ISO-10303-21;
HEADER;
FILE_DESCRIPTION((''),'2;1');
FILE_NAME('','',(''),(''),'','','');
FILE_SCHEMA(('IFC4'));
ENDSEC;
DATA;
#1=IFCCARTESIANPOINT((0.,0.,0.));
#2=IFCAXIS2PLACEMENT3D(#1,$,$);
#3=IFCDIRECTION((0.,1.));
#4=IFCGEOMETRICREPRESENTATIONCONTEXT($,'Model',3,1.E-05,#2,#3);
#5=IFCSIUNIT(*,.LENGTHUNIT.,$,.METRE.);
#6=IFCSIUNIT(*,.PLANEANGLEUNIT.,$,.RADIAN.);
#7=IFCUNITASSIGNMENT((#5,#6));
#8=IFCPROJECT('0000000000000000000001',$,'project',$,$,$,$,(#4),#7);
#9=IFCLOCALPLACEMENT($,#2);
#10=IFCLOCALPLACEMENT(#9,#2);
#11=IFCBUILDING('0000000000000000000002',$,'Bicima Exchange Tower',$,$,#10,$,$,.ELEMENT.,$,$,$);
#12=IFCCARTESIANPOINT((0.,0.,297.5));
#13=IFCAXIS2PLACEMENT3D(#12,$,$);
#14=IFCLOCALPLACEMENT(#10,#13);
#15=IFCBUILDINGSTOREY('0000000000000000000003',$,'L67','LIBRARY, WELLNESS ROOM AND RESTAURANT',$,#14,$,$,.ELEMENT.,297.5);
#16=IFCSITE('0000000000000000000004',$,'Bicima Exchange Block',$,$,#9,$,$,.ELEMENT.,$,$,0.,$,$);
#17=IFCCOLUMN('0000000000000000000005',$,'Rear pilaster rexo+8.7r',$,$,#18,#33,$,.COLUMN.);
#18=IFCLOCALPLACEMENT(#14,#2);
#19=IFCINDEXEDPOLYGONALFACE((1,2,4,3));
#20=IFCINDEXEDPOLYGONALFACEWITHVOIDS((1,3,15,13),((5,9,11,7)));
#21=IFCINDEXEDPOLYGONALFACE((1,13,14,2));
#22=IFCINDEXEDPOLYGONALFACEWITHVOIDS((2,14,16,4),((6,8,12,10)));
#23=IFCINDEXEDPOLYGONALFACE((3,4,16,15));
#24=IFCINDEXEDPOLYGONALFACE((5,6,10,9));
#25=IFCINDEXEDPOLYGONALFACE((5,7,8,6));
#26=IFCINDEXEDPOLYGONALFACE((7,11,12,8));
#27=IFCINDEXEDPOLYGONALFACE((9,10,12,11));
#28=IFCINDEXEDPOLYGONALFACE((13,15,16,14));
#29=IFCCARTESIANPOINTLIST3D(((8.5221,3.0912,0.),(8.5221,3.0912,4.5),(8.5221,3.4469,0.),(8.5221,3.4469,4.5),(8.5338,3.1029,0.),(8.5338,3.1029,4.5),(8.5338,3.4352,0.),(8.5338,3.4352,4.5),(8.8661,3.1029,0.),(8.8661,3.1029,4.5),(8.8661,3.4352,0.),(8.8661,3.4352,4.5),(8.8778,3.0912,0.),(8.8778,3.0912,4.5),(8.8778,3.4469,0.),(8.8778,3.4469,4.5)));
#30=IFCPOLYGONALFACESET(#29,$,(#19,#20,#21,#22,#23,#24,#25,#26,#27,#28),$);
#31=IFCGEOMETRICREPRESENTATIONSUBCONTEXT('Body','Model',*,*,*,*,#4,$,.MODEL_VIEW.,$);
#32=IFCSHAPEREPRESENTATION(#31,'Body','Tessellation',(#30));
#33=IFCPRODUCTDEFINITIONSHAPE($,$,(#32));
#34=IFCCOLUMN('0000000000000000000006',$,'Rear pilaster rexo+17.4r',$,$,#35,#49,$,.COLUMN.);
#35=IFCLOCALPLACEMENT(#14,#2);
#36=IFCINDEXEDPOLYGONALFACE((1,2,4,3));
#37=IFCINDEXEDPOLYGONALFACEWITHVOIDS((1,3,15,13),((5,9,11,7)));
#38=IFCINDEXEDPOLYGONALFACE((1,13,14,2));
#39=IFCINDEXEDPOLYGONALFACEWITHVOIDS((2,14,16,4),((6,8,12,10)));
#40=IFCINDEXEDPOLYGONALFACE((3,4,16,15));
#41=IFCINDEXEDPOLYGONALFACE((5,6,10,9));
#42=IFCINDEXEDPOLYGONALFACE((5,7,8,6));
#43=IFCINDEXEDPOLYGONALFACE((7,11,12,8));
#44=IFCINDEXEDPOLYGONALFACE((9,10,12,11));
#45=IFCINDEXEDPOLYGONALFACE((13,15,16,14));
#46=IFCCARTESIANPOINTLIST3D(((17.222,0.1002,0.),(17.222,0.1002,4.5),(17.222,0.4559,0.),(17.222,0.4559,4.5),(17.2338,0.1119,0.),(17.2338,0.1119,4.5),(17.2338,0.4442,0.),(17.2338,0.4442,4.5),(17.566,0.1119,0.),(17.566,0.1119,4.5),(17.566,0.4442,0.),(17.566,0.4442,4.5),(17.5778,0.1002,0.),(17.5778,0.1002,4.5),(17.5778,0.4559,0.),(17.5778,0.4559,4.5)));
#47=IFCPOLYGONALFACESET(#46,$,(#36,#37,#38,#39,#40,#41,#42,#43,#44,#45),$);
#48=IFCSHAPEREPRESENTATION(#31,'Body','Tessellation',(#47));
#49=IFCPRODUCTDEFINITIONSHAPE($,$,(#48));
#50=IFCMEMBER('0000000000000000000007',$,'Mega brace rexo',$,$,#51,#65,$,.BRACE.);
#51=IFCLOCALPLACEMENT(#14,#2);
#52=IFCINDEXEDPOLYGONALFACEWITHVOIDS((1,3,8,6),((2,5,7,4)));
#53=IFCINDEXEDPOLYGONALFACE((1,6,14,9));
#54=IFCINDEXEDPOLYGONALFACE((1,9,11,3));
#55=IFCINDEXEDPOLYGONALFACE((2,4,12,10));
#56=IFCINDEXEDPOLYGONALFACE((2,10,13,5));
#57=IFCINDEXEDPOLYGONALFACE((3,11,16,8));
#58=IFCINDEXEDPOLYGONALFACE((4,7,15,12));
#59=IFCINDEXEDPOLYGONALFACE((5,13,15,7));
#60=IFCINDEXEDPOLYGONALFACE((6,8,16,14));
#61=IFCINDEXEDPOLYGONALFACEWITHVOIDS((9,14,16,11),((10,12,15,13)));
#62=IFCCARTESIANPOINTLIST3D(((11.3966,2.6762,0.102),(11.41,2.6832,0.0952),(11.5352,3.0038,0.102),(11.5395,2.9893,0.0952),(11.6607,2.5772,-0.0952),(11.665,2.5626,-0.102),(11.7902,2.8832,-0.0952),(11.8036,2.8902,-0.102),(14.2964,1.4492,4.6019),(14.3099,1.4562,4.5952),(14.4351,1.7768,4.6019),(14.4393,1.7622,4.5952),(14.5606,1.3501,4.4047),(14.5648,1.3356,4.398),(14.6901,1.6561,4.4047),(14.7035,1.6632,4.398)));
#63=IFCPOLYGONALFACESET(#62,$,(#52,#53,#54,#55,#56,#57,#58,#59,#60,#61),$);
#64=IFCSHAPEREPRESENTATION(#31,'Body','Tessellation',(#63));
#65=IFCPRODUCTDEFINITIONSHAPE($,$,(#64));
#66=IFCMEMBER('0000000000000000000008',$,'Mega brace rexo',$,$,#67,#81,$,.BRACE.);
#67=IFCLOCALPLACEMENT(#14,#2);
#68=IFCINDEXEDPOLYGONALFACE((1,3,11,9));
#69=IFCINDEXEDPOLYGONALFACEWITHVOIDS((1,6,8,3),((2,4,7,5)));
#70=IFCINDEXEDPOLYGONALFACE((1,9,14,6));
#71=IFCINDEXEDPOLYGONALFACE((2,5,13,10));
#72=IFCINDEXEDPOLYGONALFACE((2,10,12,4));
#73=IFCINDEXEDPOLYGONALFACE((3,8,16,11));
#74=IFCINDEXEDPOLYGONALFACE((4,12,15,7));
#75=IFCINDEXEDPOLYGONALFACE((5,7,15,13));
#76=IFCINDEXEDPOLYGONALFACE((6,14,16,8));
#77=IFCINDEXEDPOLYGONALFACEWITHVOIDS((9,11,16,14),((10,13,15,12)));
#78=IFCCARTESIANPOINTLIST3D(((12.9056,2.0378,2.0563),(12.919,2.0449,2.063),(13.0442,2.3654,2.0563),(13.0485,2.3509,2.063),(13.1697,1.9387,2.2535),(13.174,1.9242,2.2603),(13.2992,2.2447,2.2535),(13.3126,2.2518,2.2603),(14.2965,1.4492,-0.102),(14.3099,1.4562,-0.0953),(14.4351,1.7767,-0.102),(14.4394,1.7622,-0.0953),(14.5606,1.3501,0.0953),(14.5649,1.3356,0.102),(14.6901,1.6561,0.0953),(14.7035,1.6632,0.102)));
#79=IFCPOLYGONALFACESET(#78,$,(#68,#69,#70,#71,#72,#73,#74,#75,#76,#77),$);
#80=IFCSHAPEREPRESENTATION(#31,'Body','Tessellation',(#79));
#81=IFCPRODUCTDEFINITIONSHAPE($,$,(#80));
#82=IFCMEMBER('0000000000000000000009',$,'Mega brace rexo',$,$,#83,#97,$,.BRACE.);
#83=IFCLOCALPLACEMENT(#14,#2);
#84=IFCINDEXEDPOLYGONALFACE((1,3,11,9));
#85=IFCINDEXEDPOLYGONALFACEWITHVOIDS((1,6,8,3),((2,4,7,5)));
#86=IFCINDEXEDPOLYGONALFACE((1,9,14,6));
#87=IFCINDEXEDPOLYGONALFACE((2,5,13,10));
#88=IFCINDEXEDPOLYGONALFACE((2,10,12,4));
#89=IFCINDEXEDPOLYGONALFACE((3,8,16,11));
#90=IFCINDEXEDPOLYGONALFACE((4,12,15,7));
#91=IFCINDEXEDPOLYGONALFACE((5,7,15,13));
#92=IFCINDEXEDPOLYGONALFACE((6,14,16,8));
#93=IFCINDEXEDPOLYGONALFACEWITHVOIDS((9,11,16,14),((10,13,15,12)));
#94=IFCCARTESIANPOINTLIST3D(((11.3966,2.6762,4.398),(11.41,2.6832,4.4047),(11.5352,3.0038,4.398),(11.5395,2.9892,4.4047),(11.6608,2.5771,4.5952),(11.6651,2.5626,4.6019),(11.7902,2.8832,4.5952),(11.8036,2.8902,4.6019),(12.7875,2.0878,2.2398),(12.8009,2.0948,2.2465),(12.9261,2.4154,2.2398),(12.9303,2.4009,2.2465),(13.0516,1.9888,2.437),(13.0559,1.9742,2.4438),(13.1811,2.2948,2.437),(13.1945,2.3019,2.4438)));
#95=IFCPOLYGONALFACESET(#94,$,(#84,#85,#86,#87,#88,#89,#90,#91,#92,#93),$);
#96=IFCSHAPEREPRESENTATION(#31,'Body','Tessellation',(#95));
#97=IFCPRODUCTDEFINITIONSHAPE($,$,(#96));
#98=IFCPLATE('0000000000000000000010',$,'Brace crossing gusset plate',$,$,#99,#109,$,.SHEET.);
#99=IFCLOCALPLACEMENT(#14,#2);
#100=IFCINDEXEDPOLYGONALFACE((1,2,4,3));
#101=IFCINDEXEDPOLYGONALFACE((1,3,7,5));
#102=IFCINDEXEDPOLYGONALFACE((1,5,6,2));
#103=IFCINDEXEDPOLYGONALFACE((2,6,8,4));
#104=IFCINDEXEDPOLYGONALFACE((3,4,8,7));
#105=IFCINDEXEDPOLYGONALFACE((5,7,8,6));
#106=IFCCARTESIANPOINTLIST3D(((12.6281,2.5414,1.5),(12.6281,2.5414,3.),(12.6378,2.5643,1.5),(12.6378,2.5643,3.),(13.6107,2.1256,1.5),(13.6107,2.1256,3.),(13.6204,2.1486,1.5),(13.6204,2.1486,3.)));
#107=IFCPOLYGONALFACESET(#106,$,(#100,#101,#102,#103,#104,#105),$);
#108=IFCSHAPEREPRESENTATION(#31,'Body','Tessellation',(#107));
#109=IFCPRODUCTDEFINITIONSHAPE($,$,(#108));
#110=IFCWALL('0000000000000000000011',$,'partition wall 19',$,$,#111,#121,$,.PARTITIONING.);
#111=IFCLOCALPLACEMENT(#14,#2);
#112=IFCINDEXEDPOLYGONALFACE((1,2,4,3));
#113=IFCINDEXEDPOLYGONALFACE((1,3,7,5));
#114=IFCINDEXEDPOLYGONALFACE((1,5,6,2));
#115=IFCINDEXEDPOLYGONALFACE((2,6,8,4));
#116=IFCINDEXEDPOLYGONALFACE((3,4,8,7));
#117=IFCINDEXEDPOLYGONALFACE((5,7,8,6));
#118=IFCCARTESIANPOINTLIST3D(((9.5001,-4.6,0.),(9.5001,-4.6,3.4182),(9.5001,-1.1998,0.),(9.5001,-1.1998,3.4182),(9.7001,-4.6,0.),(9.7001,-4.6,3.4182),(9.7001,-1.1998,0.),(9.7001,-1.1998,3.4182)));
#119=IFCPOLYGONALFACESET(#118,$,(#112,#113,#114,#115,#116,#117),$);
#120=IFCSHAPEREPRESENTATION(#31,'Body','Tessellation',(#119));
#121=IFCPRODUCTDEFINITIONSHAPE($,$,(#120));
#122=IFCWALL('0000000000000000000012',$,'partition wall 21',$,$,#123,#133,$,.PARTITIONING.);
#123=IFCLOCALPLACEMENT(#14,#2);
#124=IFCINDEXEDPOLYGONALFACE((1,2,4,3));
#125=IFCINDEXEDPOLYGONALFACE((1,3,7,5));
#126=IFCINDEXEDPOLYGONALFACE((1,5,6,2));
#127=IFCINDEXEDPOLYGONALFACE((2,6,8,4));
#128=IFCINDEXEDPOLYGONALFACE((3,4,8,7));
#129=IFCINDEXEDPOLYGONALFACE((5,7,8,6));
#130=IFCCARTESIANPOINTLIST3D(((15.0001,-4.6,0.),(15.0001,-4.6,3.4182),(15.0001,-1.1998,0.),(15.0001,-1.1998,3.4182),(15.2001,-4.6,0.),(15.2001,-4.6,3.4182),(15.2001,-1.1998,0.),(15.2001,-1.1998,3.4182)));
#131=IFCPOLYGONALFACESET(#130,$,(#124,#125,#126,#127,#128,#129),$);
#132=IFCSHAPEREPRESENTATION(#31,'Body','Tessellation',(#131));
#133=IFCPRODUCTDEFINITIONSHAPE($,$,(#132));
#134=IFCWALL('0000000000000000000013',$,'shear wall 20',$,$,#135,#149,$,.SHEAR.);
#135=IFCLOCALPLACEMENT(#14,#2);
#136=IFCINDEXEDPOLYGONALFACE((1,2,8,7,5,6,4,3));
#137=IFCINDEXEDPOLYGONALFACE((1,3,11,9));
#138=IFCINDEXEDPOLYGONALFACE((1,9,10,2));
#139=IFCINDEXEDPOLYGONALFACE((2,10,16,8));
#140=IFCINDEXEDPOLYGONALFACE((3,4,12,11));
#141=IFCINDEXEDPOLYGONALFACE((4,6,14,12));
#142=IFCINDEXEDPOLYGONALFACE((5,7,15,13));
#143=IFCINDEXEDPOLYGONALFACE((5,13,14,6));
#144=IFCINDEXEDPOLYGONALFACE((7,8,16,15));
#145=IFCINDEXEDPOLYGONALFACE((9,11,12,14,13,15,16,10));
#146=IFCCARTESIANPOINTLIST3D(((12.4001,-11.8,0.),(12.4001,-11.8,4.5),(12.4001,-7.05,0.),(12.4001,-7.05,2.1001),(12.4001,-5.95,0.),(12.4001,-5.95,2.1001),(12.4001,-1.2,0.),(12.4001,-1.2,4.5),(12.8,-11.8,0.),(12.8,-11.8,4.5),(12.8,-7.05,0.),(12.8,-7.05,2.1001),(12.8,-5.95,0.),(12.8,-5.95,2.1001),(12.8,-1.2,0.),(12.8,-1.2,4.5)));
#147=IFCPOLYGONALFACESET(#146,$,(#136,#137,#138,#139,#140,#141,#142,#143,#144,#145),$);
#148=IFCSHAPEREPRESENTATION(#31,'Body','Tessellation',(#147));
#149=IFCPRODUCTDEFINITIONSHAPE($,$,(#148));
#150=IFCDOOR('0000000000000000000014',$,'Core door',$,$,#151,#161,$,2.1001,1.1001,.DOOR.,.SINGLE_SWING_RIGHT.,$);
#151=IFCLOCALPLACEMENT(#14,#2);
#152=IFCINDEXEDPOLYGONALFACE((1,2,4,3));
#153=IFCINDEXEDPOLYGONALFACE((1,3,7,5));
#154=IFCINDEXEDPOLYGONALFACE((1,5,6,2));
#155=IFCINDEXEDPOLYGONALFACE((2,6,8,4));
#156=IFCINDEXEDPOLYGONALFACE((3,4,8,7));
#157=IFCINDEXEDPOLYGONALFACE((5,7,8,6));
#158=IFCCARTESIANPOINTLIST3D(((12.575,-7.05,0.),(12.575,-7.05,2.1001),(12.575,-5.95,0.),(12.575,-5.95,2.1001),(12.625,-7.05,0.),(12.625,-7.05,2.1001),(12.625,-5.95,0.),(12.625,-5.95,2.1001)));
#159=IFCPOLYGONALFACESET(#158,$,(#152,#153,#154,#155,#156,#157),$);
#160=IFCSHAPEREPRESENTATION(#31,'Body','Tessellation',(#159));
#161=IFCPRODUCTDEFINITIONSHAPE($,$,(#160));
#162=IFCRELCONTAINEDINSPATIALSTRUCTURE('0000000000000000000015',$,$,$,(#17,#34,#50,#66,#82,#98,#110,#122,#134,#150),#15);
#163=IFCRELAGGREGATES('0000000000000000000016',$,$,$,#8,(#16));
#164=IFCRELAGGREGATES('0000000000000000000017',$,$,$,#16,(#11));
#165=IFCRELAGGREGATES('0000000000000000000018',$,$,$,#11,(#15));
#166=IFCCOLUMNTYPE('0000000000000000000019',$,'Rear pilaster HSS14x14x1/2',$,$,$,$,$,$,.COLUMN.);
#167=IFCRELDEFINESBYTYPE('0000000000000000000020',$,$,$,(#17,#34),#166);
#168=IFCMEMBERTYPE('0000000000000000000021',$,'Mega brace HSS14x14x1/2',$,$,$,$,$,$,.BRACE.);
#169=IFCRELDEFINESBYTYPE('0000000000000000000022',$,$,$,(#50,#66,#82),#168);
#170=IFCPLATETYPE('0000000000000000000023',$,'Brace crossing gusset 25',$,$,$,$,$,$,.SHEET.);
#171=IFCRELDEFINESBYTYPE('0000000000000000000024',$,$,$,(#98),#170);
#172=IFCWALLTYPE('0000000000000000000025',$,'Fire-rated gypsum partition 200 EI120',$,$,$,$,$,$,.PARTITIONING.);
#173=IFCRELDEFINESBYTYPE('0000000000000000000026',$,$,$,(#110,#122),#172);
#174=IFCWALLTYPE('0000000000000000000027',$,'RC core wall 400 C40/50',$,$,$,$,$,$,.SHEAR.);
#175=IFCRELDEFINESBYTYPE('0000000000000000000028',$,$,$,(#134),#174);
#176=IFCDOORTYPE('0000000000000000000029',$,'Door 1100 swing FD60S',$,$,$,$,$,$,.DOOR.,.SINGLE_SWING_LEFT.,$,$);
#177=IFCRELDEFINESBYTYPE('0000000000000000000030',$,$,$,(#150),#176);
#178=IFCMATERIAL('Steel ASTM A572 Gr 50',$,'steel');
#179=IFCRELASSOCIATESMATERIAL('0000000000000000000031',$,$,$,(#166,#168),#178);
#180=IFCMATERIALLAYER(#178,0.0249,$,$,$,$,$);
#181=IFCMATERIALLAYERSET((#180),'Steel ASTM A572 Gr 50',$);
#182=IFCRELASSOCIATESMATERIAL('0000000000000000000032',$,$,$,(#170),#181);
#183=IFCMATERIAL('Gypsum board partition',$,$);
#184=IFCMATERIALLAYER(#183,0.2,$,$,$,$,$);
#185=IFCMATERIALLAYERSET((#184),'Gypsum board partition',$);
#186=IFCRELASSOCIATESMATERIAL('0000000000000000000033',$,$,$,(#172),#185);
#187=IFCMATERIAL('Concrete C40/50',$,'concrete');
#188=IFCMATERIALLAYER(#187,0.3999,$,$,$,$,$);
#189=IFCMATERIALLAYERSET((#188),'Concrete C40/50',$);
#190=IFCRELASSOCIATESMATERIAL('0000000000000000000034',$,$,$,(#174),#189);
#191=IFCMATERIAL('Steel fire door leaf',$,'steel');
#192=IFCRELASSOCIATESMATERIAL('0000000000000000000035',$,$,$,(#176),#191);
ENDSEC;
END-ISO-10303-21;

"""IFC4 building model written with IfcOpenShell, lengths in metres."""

from ifc_helpers import new_model, si_unit, direction, frame, frame_2d, origin, origin_2d, place, context, subcontext, project, spatial, rectangle, hollow_rectangle, extrude, material, layer, layer_set, material_profile, profile_set, type_object, element, fill, save


model = new_model("IFC4")

# Units and contexts
model_context = context("Model", 3, precision=1e-05, world=origin(), true_north=direction((0.0, 1.0)))
body_context = subcontext(model_context, "Body", "Model", "MODEL_VIEW")
ifc_project = project(units=[si_unit("LENGTHUNIT", "METRE"), si_unit("PLANEANGLEUNIT", "RADIAN")], contexts=[model_context])

# Site, building, storey
site_placement = place(None, origin())
site = spatial("IfcSite", under=ifc_project, at=site_placement, Name="Bicima Exchange Block", CompositionType="ELEMENT", RefElevation=0.0)
building_placement = place(site_placement, origin())
building = spatial("IfcBuilding", under=site, at=building_placement, Name="Bicima Exchange Tower", CompositionType="ELEMENT")
storey_placement = place(building_placement, frame((0.0, 0.0, 297.5)))
storey = spatial("IfcBuildingStorey", under=building, at=storey_placement, Name="L67", Description="LIBRARY, WELLNESS ROOM AND RESTAURANT", CompositionType="ELEMENT", Elevation=297.5)

# Columns
ifc_material_1 = material(Name="Steel ASTM A572 Gr 50", Category="steel")
ifc_material_profile = material_profile(ifc_material_1, hollow_rectangle(XDim=0.3557, YDim=0.3557, WallThickness=0.0117, at=origin_2d()))
ifc_profile_set = profile_set([ifc_material_profile], Name="Steel ASTM A572 Gr 50")
column_type = type_object("IfcColumnType", Name="Rear pilaster HSS14x14x1/2", PredefinedType="COLUMN", material=ifc_profile_set)
for number, where, z_axis, x_axis, name in (
    (1, (8.7, 3.269, 0.0), (0.0, 0.0, 1.0), (1.0, 0.0, 0.0), "Rear pilaster rexo+8.7r"),
    (2, (17.3999, 0.2781, 0.0), (0.0, 0.0, 1.0), (1.0, 0.0, 0.0), "Rear pilaster rexo+17.4r"),
):
    element("IfcColumn", number, at=place(storey_placement, frame(where, z_axis=z_axis, x_axis=x_axis)), inside=storey, type_object=column_type, Name=name, PredefinedType="COLUMN", context=body_context, shape_type="SweptSolid", body=[
        extrude(hollow_rectangle(XDim=0.3557, YDim=0.3557, WallThickness=0.0117, at=origin_2d()), origin(), (0.0, 0.0, 1.0), 4.5),
    ])

# Members
member_type = type_object("IfcMemberType", Name="Mega brace HSS14x14x1/2", PredefinedType="BRACE", material=ifc_profile_set)
member_1_placement = place(storey_placement, frame((11.6001, 2.7832, 0.0), z_axis=(0.527997, -0.223414, 0.819333), x_axis=(0.389686, 0.920948, 0.0)))
element("IfcMember", 3, at=member_1_placement, inside=storey, type_object=member_type, Name="Mega brace rexo", PredefinedType="BRACE", context=body_context, shape_type="SweptSolid", body=[
    extrude(hollow_rectangle(XDim=0.3557, YDim=0.3557, WallThickness=0.0117, at=origin_2d()), origin(), (0.0, 0.0, 1.0), 5.4922),
])
member_2_placement = place(storey_placement, frame((14.5, 1.5562, 0.0), z_axis=(-0.528011, 0.223457, 0.819311), x_axis=(-0.38974, -0.920925, 0.0)))
element("IfcMember", 4, at=member_2_placement, inside=storey, type_object=member_type, Name="Mega brace rexo", PredefinedType="BRACE", context=body_context, shape_type="SweptSolid", body=[
    extrude(hollow_rectangle(XDim=0.3557, YDim=0.3557, WallThickness=0.0117, at=origin_2d()), origin(), (0.0, 0.0, 1.0), 2.6343),
])
member_3_placement = place(storey_placement, frame((12.991, 2.1948, 2.3418), z_axis=(-0.528022, 0.223369, 0.819328), x_axis=(-0.389603, -0.920983, 0.0)))
element("IfcMember", 5, at=member_3_placement, inside=storey, type_object=member_type, Name="Mega brace rexo", PredefinedType="BRACE", context=body_context, shape_type="SweptSolid", body=[
    extrude(hollow_rectangle(XDim=0.3557, YDim=0.3557, WallThickness=0.0117, at=origin_2d()), origin(), (0.0, 0.0, 1.0), 2.634),
])

# Plate
ifc_layer_1 = layer(ifc_material_1, 0.0249)
ifc_layer_set_1 = layer_set([ifc_layer_1], Name="Steel ASTM A572 Gr 50")
plate_type = type_object("IfcPlateType", Name="Brace crossing gusset 25", PredefinedType="SHEET", material=ifc_layer_set_1)
plate_placement = place(storey_placement, frame((13.1243, 2.345, 1.5), z_axis=(0.0, 0.0, 1.0), x_axis=(0.920946, -0.38969, 0.0)))
element("IfcPlate", 6, at=plate_placement, inside=storey, type_object=plate_type, Name="Brace crossing gusset plate", PredefinedType="SHEET", context=body_context, shape_type="SweptSolid", body=[
    extrude(rectangle(XDim=1.0669, YDim=0.0249, at=origin_2d()), origin(), (0.0, 0.0, 1.0), 1.5),
])

# Walls
ifc_material_2 = material(Name="Gypsum board partition")
ifc_layer_2 = layer(ifc_material_2, 0.2)
ifc_layer_set_2 = layer_set([ifc_layer_2], Name="Gypsum board partition")
wall_type_1 = type_object("IfcWallType", Name="Fire-rated gypsum partition 200 EI120", PredefinedType="PARTITIONING", material=ifc_layer_set_2)
for number, where, z_axis, x_axis, name in (
    (7, (9.6001, -4.6001, 0.0), (0.0, 0.0, 1.0), (0.0, 1.0, 0.0), "partition wall 19"),
    (8, (15.1001, -4.6001, 0.0), (0.0, 0.0, 1.0), (0.0, 1.0, 0.0), "partition wall 21"),
):
    element("IfcWall", number, at=place(storey_placement, frame(where, z_axis=z_axis, x_axis=x_axis)), inside=storey, type_object=wall_type_1, Name=name, PredefinedType="PARTITIONING", context=body_context, shape_type="SweptSolid", body=[
        extrude(rectangle(XDim=3.4001, YDim=0.2, at=frame_2d((1.7002, 0.0))), origin(), (0.0, 0.0, 1.0), 3.4182),
    ])

# Wall, opening, door
ifc_material_3 = material(Name="Concrete C40/50", Category="concrete")
ifc_layer_3 = layer(ifc_material_3, 0.3999)
ifc_layer_set_3 = layer_set([ifc_layer_3], Name="Concrete C40/50")
wall_type_2 = type_object("IfcWallType", Name="RC core wall 400 C40/50", PredefinedType="SHEAR", material=ifc_layer_set_3)
wall_1_placement = place(storey_placement, frame((12.6001, -11.8, 0.0), z_axis=(0.0, 0.0, 1.0), x_axis=(0.0, 1.0, 0.0)))
wall_1 = element("IfcWall", 9, at=wall_1_placement, inside=storey, type_object=wall_type_2, Name="shear wall 20", PredefinedType="SHEAR", context=body_context, shape_type="SweptSolid", body=[
    extrude(rectangle(XDim=10.6001, YDim=0.3999, at=frame_2d((5.3, 0.0))), origin(), (0.0, 0.0, 1.0), 4.5),
])
opening_1_placement = place(wall_1_placement, frame((4.75, 0.0, 0.0)))
opening_1 = element("IfcOpeningElement", 10, at=opening_1_placement, cuts=wall_1, PredefinedType="OPENING", context=body_context, shape_type="SweptSolid", body=[
    extrude(rectangle(XDim=1.1001, YDim=2.1001, at=frame_2d((0.55, 1.05))), frame((0.0, 0.2119, 0.0), z_axis=(0.0, -1.0, 0.0), x_axis=(1.0, 0.0, 0.0)), (0.0, 0.0, 1.0), 0.4238),
])
ifc_material_4 = material(Name="Steel fire door leaf", Category="steel")
door_type_1 = type_object("IfcDoorType", Name="Door 1100 swing FD60S", OperationType="SINGLE_SWING_LEFT", PredefinedType="DOOR", material=ifc_material_4)
door_1_placement = place(opening_1_placement, frame((1.1001, 0.0, 0.0), z_axis=(0.0, 0.0, 1.0), x_axis=(-1.0, 0.0, 0.0)))
door_1 = element("IfcDoor", 11, at=door_1_placement, inside=storey, type_object=door_type_1, Name="Core door", OperationType="SINGLE_SWING_RIGHT", OverallHeight=2.1001, OverallWidth=1.1001, PredefinedType="DOOR", context=body_context, shape_type="SweptSolid", body=[
    extrude(rectangle(XDim=1.1001, YDim=2.1001, at=frame_2d((0.55, 1.05))), frame((0.0, 0.0249, 0.0), z_axis=(0.0, -1.0, 0.0), x_axis=(1.0, 0.0, 0.0)), (0.0, 0.0, 1.0), 0.05),
])
fill(opening_1, door_1)

save(model, "model.ifc")
